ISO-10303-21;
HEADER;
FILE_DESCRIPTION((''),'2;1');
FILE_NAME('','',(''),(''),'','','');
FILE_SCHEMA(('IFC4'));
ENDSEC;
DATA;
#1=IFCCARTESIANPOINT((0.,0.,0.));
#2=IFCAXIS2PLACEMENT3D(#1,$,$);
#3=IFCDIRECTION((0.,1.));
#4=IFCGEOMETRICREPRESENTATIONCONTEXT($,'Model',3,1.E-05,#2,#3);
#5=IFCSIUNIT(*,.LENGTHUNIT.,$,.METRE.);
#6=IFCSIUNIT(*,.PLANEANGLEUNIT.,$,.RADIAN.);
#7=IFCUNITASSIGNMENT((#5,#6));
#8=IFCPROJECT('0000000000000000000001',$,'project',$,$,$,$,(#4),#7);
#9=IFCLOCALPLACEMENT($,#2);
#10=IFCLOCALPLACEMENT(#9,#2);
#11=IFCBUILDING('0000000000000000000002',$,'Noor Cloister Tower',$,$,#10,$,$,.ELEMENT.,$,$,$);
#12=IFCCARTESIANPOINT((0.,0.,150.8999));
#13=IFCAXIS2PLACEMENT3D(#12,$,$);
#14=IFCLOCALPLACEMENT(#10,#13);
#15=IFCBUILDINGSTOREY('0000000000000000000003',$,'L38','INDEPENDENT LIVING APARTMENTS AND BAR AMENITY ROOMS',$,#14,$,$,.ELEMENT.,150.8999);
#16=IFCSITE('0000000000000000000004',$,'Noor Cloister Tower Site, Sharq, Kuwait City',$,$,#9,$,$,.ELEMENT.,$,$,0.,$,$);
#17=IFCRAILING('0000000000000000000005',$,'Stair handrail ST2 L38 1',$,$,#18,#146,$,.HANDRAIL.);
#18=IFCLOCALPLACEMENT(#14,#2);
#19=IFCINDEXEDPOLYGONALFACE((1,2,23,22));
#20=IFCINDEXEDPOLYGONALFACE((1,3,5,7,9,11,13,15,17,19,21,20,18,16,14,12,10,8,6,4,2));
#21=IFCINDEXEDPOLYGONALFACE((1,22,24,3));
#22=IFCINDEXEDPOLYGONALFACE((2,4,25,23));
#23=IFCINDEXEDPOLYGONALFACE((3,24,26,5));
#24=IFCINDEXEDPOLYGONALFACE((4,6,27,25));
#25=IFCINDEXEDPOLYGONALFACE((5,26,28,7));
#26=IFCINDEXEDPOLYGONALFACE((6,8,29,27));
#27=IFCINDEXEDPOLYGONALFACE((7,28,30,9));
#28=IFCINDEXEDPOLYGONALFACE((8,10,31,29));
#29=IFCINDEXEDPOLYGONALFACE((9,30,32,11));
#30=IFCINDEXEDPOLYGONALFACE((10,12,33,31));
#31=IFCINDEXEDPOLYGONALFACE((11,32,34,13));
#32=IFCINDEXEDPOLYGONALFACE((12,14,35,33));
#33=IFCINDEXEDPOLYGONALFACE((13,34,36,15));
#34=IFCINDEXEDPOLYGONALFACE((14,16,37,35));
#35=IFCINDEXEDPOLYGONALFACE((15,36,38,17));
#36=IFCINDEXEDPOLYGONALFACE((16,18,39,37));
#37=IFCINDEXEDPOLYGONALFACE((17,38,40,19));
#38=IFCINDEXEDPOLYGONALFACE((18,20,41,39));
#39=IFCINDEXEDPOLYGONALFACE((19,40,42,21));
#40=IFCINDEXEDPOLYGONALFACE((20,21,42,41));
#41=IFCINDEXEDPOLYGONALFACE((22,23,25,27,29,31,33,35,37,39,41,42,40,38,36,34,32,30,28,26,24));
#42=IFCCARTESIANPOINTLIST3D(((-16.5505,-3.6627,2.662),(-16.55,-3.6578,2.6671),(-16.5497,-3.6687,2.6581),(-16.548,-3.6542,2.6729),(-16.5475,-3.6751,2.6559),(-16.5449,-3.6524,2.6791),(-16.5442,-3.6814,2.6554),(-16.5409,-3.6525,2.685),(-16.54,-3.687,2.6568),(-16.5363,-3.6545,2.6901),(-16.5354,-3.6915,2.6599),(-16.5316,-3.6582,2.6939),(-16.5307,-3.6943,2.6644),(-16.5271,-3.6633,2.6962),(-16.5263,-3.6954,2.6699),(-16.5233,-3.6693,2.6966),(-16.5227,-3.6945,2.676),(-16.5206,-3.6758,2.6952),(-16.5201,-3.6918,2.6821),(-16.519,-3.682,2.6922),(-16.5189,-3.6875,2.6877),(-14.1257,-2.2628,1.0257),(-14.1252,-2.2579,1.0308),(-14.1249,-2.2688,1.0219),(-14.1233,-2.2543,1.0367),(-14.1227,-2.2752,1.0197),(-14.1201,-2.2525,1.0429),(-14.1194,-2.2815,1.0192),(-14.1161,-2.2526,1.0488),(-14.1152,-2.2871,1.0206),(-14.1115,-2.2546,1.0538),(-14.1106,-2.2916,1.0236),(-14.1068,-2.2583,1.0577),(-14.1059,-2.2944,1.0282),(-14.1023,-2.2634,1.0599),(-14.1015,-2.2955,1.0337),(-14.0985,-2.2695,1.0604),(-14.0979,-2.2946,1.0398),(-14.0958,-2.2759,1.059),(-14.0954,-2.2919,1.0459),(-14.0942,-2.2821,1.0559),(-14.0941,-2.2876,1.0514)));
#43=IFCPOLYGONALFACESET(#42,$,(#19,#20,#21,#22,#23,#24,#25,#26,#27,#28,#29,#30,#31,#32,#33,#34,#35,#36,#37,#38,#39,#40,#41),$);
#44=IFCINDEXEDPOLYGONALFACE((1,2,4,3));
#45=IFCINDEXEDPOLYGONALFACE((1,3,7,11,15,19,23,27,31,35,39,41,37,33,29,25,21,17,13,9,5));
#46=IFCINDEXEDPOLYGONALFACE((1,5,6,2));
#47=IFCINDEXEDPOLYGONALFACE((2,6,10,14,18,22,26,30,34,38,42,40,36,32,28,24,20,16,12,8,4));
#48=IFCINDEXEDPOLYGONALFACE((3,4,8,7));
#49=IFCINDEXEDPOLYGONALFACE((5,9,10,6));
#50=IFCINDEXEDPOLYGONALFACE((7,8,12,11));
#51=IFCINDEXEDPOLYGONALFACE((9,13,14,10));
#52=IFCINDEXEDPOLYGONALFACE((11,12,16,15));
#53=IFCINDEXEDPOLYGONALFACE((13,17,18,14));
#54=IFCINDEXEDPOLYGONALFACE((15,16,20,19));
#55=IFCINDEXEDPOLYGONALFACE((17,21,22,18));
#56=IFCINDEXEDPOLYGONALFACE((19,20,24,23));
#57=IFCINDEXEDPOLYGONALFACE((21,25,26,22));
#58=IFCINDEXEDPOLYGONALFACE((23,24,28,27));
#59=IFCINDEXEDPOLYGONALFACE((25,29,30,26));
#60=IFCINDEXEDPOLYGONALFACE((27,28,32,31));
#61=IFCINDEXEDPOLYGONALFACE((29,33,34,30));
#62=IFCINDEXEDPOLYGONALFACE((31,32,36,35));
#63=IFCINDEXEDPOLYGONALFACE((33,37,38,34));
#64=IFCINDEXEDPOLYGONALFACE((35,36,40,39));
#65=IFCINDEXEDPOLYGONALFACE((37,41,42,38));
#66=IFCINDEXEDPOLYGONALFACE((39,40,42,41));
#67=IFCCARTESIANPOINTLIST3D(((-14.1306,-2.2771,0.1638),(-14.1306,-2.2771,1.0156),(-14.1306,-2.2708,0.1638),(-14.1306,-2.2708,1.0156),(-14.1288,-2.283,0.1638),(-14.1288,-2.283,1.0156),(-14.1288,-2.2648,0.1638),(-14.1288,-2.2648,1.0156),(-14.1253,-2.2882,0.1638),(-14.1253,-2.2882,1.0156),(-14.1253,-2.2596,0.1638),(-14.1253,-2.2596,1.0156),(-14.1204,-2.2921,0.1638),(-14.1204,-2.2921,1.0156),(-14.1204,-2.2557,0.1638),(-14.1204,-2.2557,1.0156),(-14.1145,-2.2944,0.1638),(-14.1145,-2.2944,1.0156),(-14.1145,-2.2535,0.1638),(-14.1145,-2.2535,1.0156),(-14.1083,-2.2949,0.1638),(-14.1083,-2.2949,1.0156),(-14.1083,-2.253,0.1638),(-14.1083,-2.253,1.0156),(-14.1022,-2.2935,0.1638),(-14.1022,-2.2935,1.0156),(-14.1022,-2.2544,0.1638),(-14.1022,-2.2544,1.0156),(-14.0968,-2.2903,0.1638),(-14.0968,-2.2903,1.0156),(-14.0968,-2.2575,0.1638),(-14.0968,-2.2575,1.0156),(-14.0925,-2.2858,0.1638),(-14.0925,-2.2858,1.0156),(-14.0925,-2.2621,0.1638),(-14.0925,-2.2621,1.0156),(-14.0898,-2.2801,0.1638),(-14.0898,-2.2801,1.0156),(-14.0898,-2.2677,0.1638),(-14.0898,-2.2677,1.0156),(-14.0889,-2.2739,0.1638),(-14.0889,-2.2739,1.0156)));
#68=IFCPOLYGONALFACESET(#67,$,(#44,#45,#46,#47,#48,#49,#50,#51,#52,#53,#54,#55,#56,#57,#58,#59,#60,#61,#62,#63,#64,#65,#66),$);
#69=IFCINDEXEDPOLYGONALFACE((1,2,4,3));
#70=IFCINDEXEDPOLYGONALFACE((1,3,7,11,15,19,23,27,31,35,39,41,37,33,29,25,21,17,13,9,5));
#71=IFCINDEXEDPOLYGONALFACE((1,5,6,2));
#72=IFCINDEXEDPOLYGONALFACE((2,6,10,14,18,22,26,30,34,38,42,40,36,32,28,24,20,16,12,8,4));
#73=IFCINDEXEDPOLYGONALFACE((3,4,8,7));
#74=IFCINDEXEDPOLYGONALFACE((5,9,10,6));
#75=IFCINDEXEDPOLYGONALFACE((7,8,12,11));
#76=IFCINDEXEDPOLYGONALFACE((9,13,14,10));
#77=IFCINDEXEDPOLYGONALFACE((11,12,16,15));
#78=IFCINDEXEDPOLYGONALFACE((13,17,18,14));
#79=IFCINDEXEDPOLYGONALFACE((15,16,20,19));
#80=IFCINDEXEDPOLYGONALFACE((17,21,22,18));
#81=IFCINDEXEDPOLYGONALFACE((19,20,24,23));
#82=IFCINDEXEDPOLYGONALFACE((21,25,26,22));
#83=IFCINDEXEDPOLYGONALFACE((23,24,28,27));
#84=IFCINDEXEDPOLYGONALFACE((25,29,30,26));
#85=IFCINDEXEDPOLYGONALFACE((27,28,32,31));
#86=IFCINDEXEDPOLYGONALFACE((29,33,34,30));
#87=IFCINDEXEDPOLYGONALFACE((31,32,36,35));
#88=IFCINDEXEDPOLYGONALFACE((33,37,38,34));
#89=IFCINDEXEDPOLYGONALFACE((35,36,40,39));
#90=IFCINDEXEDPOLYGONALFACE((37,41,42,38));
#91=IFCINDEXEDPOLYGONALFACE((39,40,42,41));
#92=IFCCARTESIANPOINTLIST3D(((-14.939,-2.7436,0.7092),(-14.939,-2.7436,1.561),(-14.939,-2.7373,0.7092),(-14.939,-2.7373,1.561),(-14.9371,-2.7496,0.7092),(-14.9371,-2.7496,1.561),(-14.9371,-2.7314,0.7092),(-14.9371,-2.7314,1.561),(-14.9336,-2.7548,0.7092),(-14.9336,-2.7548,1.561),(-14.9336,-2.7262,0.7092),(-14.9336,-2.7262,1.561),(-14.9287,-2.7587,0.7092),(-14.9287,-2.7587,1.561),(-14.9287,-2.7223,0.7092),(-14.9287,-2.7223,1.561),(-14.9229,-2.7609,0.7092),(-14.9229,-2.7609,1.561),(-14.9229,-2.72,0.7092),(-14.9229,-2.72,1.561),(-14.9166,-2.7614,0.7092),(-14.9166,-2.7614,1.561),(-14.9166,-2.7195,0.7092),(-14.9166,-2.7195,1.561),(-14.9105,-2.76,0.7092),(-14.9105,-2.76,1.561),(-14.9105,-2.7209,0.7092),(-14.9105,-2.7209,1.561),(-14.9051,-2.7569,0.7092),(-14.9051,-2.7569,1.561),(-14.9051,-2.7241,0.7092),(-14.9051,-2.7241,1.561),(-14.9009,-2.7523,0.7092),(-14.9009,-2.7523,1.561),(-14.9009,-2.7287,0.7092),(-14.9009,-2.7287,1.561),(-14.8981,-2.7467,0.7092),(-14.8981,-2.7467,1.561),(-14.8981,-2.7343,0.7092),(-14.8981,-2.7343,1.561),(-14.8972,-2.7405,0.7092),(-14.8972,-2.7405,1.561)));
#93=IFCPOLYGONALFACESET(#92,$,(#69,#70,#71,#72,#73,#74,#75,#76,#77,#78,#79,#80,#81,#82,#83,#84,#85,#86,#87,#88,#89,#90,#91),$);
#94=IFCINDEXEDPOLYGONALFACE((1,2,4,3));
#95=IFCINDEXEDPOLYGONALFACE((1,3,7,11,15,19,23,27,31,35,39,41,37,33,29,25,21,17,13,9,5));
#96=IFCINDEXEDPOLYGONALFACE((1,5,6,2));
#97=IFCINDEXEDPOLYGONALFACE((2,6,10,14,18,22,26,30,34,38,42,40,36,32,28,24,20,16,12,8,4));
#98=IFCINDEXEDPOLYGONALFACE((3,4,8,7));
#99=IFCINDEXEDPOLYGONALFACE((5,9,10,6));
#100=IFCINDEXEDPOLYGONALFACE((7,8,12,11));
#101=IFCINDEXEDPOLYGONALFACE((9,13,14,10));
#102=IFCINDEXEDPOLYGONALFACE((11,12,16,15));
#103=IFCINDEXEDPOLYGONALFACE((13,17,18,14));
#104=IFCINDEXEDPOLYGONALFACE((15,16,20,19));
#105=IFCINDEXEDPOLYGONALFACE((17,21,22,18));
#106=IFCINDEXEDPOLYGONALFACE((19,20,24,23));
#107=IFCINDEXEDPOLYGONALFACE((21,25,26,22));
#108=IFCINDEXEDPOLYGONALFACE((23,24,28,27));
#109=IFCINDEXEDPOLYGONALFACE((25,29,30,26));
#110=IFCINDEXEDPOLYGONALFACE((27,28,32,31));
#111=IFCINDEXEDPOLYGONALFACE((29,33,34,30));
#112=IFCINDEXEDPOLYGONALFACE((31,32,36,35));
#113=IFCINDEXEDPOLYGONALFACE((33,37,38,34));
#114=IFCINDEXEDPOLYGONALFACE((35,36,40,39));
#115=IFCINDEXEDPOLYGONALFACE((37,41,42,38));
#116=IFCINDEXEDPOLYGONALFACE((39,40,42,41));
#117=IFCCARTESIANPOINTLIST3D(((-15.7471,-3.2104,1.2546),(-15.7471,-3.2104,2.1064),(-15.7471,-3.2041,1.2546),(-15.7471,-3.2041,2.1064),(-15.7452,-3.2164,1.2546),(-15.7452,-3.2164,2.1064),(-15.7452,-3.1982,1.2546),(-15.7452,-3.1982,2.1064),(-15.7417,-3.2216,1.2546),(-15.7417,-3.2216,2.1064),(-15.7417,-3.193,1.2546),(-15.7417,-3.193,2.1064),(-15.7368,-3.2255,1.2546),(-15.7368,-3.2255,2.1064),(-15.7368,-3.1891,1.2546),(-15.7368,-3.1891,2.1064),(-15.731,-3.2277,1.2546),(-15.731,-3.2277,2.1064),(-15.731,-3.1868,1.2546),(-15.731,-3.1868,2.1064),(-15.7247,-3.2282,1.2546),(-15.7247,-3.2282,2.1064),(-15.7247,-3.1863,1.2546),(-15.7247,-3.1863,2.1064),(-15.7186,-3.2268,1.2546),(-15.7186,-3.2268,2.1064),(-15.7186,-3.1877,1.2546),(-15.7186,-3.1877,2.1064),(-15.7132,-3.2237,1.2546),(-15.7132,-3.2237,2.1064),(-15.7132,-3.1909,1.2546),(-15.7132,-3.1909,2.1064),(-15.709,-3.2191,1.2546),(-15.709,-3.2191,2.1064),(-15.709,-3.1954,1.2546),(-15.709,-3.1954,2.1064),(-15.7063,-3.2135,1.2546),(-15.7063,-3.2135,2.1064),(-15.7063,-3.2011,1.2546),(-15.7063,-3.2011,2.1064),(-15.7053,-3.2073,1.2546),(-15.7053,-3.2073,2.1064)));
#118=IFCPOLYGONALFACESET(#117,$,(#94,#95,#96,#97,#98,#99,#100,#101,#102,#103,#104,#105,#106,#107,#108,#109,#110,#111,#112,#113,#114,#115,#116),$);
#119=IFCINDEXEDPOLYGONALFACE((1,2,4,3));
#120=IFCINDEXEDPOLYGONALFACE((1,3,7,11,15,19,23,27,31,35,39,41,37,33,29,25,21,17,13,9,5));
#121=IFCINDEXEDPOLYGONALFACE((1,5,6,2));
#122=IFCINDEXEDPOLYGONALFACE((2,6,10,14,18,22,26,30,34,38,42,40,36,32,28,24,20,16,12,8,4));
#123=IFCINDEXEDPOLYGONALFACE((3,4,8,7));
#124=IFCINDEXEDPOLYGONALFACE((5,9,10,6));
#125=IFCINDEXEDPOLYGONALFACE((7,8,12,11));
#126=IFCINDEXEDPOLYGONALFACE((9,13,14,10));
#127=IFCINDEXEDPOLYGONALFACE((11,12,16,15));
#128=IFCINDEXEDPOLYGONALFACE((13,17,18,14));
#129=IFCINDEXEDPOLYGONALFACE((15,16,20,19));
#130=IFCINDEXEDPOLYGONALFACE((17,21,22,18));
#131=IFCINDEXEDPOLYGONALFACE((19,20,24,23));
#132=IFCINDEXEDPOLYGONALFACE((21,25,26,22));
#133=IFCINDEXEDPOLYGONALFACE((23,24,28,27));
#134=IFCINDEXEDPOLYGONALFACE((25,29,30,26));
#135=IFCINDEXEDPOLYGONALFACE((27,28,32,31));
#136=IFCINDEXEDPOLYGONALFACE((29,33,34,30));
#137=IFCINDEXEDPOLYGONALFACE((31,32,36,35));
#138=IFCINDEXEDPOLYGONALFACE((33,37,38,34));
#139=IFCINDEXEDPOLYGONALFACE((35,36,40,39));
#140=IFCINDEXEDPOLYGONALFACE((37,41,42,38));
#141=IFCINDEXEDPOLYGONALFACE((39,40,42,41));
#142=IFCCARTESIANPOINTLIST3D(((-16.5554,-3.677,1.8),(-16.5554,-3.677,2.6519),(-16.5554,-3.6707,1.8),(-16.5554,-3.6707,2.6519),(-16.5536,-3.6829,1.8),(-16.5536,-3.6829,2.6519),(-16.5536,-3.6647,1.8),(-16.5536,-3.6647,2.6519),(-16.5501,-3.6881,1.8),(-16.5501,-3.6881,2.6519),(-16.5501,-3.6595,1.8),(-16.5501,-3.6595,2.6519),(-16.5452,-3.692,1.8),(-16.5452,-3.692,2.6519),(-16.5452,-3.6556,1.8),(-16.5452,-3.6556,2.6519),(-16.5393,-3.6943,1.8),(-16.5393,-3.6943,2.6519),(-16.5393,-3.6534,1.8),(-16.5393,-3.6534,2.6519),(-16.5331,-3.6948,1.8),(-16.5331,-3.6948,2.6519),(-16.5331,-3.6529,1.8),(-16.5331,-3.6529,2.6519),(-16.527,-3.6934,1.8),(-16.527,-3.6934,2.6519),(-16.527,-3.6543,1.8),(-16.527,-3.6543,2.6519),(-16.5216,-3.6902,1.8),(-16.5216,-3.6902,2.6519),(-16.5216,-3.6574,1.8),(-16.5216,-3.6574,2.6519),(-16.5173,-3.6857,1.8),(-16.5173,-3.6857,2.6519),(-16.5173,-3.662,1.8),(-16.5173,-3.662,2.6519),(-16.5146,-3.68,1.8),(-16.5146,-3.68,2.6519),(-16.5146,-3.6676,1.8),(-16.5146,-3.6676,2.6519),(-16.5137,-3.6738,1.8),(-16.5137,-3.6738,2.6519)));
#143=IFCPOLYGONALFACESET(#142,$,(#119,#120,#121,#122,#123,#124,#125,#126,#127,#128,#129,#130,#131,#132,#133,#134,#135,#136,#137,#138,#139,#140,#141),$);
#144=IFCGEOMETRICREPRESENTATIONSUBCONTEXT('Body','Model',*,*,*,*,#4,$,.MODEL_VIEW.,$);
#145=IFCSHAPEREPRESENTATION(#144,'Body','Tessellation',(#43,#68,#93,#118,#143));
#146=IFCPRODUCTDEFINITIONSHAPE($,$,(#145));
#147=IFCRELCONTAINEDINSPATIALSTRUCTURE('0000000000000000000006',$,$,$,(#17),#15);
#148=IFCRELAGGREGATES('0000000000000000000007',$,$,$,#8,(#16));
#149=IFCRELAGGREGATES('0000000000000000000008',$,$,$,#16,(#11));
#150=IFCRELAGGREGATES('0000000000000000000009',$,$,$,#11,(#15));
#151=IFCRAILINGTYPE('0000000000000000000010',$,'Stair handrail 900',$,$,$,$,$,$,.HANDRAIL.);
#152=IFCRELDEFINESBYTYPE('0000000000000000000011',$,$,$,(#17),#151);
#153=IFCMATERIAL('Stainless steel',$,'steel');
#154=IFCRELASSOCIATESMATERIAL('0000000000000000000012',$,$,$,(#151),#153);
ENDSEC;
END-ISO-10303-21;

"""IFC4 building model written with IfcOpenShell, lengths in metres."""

from ifc_helpers import new_model, si_unit, direction, frame, origin, origin_2d, place, context, subcontext, project, spatial, circle, extrude, material, type_object, element, save


model = new_model("IFC4")

# Units and contexts
model_context = context("Model", 3, precision=1e-05, world=origin(), true_north=direction((0.0, 1.0)))
body_context = subcontext(model_context, "Body", "Model", "MODEL_VIEW")
ifc_project = project(units=[si_unit("LENGTHUNIT", "METRE"), si_unit("PLANEANGLEUNIT", "RADIAN")], contexts=[model_context])

# Site, building, storey
site_placement = place(None, origin())
site = spatial("IfcSite", under=ifc_project, at=site_placement, Name="Noor Cloister Tower Site, Sharq, Kuwait City", CompositionType="ELEMENT", RefElevation=0.0)
building_placement = place(site_placement, origin())
building = spatial("IfcBuilding", under=site, at=building_placement, Name="Noor Cloister Tower", CompositionType="ELEMENT")
storey_placement = place(building_placement, frame((0.0, 0.0, 150.8999)))
storey = spatial("IfcBuildingStorey", under=building, at=storey_placement, Name="L38", Description="INDEPENDENT LIVING APARTMENTS AND BAR AMENITY ROOMS", CompositionType="ELEMENT", Elevation=150.8999)

# Railing
ifc_material_1 = material(Name="Stainless steel", Category="steel")
railing_type_1 = type_object("IfcRailingType", Name="Stair handrail 900", PredefinedType="HANDRAIL", material=ifc_material_1)
railing_1_placement = place(storey_placement, frame((-14.1099, -2.2739, 0.1638)))
element("IfcRailing", 1, at=railing_1_placement, inside=storey, type_object=railing_type_1, Name="Stair handrail ST2 L38 1", PredefinedType="HANDRAIL", context=body_context, shape_type="SweptSolid", body=[
    extrude(circle(Radius=0.0239, at=origin_2d()), frame((0.0, 0.0, 0.876), z_axis=(-0.747718, -0.431677, 0.504552), x_axis=(0.499984, -0.866035, 0.0)), (0.0, 0.0, 1.0), 3.2429),
    extrude(circle(Radius=0.021, at=origin_2d()), origin(), (0.0, 0.0, 1.0), 0.8518),
    extrude(circle(Radius=0.021, at=origin_2d()), frame((-0.8083, -0.4666, 0.5454)), (0.0, 0.0, 1.0), 0.8518),
    extrude(circle(Radius=0.021, at=origin_2d()), frame((-1.6165, -0.9333, 1.0908)), (0.0, 0.0, 1.0), 0.8518),
    extrude(circle(Radius=0.021, at=origin_2d()), frame((-2.4248, -1.3999, 1.6362)), (0.0, 0.0, 1.0), 0.8518),
])

save(model, "model.ifc")
